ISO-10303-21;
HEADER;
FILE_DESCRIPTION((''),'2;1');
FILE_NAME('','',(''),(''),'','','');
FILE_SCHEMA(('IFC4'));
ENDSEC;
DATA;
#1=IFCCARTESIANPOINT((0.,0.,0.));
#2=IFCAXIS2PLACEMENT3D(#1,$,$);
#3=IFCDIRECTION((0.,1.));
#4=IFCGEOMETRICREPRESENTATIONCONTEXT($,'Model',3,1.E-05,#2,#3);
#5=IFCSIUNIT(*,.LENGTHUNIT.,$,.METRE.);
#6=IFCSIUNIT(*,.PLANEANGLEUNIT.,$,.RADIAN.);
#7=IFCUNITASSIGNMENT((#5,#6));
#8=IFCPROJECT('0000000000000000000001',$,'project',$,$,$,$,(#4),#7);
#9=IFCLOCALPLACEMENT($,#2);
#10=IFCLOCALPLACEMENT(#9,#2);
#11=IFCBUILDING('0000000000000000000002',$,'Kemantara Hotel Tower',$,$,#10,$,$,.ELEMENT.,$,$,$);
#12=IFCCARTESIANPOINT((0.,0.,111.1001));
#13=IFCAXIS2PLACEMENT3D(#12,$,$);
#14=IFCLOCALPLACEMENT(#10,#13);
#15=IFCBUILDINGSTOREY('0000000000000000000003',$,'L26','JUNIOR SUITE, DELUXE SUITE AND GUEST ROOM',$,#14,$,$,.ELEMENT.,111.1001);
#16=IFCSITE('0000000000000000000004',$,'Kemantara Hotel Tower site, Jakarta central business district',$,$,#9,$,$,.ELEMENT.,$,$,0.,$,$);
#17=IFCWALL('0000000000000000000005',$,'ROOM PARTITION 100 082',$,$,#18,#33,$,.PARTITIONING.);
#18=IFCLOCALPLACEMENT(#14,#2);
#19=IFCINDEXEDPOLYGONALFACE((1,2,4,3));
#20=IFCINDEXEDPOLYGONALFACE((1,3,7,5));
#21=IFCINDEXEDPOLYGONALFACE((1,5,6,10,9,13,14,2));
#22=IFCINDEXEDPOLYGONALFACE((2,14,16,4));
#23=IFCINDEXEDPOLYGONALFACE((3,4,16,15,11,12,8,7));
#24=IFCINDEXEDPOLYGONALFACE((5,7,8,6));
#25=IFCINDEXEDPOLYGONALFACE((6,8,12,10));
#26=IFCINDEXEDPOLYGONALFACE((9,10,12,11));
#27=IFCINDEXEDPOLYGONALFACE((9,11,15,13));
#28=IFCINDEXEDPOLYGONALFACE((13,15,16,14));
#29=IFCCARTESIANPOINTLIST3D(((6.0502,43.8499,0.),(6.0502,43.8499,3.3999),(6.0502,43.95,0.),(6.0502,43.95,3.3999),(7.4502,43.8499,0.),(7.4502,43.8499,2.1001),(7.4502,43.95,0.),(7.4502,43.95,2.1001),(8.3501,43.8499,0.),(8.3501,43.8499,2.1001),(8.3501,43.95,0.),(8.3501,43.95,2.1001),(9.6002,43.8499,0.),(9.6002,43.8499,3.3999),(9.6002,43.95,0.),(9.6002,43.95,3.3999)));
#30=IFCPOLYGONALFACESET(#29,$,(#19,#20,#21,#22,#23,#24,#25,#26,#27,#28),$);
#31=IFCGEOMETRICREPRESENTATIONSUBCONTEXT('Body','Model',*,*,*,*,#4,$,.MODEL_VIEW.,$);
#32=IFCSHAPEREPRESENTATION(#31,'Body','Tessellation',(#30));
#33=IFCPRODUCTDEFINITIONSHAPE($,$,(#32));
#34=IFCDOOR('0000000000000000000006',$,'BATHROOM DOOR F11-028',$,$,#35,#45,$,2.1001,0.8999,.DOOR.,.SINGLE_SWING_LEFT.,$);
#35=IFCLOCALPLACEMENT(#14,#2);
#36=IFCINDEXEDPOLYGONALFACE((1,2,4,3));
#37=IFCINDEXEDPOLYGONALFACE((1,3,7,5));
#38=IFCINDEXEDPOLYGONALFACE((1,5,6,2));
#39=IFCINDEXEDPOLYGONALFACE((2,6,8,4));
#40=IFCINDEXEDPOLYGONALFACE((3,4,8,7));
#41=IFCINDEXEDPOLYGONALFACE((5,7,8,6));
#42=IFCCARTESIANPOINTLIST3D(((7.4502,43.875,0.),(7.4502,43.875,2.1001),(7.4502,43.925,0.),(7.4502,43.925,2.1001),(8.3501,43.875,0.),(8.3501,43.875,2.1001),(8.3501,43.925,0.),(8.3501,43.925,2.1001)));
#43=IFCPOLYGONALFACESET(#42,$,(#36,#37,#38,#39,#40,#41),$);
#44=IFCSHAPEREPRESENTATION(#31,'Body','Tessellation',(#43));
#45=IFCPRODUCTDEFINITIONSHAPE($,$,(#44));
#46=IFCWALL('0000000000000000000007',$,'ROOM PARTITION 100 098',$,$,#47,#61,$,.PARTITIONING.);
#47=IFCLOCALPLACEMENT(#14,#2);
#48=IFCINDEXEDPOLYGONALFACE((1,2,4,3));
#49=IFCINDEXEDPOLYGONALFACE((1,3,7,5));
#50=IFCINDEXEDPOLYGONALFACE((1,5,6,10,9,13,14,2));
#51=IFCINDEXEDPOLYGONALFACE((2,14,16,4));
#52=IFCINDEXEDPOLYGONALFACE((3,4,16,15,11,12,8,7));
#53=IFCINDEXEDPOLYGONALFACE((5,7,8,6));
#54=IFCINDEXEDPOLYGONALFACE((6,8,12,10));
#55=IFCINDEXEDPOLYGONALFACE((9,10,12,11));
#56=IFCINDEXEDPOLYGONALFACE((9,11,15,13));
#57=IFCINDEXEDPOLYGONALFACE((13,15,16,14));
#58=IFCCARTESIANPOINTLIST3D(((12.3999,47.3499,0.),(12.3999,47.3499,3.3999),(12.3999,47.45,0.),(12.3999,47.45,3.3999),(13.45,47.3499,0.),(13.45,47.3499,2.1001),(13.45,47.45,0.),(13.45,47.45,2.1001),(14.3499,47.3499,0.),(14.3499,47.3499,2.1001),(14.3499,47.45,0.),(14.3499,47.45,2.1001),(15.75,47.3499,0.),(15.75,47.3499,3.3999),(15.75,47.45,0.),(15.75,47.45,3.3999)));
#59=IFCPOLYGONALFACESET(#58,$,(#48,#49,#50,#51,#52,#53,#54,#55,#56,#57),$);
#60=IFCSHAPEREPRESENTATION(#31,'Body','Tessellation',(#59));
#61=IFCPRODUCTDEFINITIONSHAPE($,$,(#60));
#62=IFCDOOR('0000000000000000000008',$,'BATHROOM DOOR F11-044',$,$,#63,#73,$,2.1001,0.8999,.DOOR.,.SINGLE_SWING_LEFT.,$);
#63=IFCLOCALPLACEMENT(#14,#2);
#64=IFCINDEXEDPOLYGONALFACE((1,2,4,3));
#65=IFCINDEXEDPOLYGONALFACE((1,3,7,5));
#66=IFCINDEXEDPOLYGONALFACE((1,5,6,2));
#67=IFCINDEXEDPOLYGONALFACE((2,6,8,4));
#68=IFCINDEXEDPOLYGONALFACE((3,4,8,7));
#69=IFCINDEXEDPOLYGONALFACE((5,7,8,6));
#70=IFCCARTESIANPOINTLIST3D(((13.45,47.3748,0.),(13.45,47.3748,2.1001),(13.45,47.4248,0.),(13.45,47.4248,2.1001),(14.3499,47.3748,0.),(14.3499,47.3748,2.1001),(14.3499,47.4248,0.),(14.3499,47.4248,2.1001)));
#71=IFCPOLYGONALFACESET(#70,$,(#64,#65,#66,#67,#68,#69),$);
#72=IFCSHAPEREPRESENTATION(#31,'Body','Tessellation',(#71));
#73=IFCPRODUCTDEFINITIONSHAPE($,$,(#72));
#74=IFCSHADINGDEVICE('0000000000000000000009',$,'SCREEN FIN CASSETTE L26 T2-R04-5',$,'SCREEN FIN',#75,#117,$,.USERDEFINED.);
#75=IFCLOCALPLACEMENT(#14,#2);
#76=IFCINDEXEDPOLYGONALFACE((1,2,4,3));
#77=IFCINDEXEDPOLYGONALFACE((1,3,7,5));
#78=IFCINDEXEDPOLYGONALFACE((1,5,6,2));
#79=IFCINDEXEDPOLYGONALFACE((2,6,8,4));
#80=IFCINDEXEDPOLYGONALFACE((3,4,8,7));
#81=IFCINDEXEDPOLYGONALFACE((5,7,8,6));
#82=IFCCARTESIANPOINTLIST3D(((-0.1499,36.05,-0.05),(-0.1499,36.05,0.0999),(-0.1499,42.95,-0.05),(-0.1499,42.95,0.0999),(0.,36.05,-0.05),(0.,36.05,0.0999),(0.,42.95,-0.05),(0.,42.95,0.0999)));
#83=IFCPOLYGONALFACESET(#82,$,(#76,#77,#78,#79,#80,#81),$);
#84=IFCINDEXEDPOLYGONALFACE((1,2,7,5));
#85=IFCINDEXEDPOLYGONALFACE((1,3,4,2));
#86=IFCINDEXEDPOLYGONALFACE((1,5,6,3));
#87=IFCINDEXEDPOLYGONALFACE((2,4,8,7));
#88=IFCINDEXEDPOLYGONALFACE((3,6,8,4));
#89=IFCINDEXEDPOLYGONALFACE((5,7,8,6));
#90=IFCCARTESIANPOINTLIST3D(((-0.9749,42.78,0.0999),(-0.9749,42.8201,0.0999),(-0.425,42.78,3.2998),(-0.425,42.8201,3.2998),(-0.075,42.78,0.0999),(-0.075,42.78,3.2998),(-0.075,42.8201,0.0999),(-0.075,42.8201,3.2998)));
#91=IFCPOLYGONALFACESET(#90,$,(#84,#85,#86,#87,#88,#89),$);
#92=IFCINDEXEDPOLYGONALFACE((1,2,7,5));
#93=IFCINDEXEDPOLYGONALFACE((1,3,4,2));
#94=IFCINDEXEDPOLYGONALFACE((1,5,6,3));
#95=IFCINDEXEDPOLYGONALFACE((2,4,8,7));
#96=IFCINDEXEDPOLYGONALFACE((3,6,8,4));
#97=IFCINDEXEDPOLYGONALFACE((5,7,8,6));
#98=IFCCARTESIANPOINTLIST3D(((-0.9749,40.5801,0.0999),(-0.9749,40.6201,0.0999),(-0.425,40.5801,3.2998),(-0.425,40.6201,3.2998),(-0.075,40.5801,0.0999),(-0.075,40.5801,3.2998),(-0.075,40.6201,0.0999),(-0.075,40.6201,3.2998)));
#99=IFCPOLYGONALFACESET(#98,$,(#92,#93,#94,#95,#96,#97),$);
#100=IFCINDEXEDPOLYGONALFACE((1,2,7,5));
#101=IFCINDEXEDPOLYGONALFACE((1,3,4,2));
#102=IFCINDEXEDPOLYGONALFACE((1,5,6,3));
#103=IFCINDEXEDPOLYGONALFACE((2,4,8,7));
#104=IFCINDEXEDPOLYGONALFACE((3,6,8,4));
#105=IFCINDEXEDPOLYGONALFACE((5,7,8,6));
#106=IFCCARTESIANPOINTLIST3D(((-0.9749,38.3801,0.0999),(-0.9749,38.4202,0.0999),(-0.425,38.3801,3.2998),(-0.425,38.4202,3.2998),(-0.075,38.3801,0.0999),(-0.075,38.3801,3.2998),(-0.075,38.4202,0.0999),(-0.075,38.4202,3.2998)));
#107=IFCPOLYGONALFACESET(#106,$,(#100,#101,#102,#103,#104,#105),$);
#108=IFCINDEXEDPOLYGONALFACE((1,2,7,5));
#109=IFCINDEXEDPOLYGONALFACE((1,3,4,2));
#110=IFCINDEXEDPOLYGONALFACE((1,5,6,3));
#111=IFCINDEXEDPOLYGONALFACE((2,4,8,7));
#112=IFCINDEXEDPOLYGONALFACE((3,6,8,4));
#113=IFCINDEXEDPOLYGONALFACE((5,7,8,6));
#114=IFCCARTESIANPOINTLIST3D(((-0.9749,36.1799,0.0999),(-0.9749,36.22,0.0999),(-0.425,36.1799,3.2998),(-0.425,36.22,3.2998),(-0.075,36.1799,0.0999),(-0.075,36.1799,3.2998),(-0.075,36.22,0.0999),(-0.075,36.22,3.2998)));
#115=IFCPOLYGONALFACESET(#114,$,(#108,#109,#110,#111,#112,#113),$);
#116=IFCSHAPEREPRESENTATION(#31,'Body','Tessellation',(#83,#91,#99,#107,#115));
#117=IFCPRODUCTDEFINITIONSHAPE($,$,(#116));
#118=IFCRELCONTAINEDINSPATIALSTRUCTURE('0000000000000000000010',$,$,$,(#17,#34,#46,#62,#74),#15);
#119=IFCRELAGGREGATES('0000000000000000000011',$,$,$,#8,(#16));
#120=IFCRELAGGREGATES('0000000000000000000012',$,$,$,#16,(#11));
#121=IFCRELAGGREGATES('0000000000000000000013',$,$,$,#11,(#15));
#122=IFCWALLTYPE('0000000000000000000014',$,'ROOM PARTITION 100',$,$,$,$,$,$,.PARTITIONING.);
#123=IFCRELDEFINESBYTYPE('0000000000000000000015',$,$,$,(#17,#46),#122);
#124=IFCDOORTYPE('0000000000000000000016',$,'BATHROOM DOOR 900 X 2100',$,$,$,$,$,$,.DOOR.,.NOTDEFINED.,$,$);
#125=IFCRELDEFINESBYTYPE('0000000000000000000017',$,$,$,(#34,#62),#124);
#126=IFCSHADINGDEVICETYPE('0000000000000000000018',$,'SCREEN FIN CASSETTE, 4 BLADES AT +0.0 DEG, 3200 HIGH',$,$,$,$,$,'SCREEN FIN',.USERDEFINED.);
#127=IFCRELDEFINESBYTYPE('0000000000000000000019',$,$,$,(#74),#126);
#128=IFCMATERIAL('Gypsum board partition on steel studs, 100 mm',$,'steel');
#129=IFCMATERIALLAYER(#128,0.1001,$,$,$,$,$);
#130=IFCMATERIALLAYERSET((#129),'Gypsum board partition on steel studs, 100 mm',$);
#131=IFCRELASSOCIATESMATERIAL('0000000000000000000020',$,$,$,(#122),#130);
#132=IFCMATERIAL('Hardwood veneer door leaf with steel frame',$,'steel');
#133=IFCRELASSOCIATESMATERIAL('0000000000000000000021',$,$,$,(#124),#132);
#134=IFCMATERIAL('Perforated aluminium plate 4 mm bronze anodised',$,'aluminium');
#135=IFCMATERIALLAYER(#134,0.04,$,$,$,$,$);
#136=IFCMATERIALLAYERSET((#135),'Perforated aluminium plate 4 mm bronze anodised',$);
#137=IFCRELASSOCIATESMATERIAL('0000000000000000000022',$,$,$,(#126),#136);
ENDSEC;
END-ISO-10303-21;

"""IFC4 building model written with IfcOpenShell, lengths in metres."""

from ifc_helpers import new_model, si_unit, direction, frame, frame_2d, origin, origin_2d, place, context, subcontext, project, spatial, polyline, rectangle, outline, extrude, source, transform, mapped, material, layer, layer_set, type_object, element, fill, save


model = new_model("IFC4")

# Units and contexts
model_context = context("Model", 3, precision=1e-05, world=origin(), true_north=direction((0.0, 1.0)))
body_context = subcontext(model_context, "Body", "Model", "MODEL_VIEW")
ifc_project = project(units=[si_unit("LENGTHUNIT", "METRE"), si_unit("PLANEANGLEUNIT", "RADIAN")], contexts=[model_context])

# Site, building, storey
site_placement = place(None, origin())
site = spatial("IfcSite", under=ifc_project, at=site_placement, Name="Kemantara Hotel Tower site, Jakarta central business district", CompositionType="ELEMENT", RefElevation=0.0)
building_placement = place(site_placement, origin())
building = spatial("IfcBuilding", under=site, at=building_placement, Name="Kemantara Hotel Tower", CompositionType="ELEMENT")
storey_placement = place(building_placement, frame((0.0, 0.0, 111.1001)))
storey = spatial("IfcBuildingStorey", under=building, at=storey_placement, Name="L26", Description="JUNIOR SUITE, DELUXE SUITE AND GUEST ROOM", CompositionType="ELEMENT", Elevation=111.1001)

# Shared definitions
ifc_material_1 = material(Name="Hardwood veneer door leaf with steel frame", Category="steel")

# Shared definitions
ifc_material_2 = material(Name="Gypsum board partition on steel studs, 100 mm", Category="steel")
ifc_layer_1 = layer(ifc_material_2, 0.1001)
ifc_layer_set_1 = layer_set([ifc_layer_1], Name="Gypsum board partition on steel studs, 100 mm")
wall_type_1 = type_object("IfcWallType", Name="ROOM PARTITION 100", PredefinedType="PARTITIONING", material=ifc_layer_set_1)

# Walls, openings, doors
wall_1_placement = place(storey_placement, frame((9.6001, 43.8999, 0.0), z_axis=(0.0, 0.0, 1.0), x_axis=(-1.0, 0.0, 0.0)))
wall_1 = element("IfcWall", 1, at=wall_1_placement, inside=storey, type_object=wall_type_1, Name="ROOM PARTITION 100 082", PredefinedType="PARTITIONING", context=body_context, shape_type="SweptSolid", body=[
    extrude(rectangle(XDim=3.55, YDim=0.1001, at=frame_2d((1.7749, 0.0))), origin(), (0.0, 0.0, 1.0), 3.3999),
])
opening_1_placement = place(wall_1_placement, frame((1.25, 0.0, 0.0)))
opening_1 = element("IfcOpeningElement", 2, at=opening_1_placement, cuts=wall_1, PredefinedType="OPENING", context=body_context, shape_type="SweptSolid", body=[
    extrude(rectangle(XDim=0.8999, YDim=2.1001, at=frame_2d((0.45, 1.05))), frame((0.0, 0.0601, 0.0), z_axis=(0.0, -1.0, 0.0), x_axis=(1.0, 0.0, 0.0)), (0.0, 0.0, 1.0), 0.1201),
])
door_type_1 = type_object("IfcDoorType", Name="BATHROOM DOOR 900 X 2100", OperationType="NOTDEFINED", PredefinedType="DOOR", material=ifc_material_1)
door_1_placement = place(opening_1_placement, origin())
door_1 = element("IfcDoor", 3, at=door_1_placement, inside=storey, type_object=door_type_1, Name="BATHROOM DOOR F11-028", OperationType="SINGLE_SWING_LEFT", OverallHeight=2.1001, OverallWidth=0.8999, PredefinedType="DOOR", context=body_context, shape_type="SweptSolid", body=[
    extrude(rectangle(XDim=0.8999, YDim=2.1001, at=frame_2d((0.45, 1.05))), frame((0.0, 0.0249, 0.0), z_axis=(0.0, -1.0, 0.0), x_axis=(1.0, 0.0, 0.0)), (0.0, 0.0, 1.0), 0.05),
])
fill(opening_1, door_1)
wall_2_placement = place(storey_placement, frame((12.3999, 47.3999, 0.0), z_axis=(0.0, 0.0, 1.0), x_axis=(1.0, 0.0, 0.0)))
wall_2 = element("IfcWall", 4, at=wall_2_placement, inside=storey, type_object=wall_type_1, Name="ROOM PARTITION 100 098", PredefinedType="PARTITIONING", context=body_context, shape_type="SweptSolid", body=[
    extrude(rectangle(XDim=3.3501, YDim=0.1001, at=frame_2d((1.675, 0.0))), origin(), (0.0, 0.0, 1.0), 3.3999),
])
opening_2_placement = place(wall_2_placement, frame((1.05, 0.0, 0.0)))
opening_2 = element("IfcOpeningElement", 5, at=opening_2_placement, cuts=wall_2, PredefinedType="OPENING", context=body_context, shape_type="SweptSolid", body=[
    extrude(rectangle(XDim=0.8999, YDim=2.1001, at=frame_2d((0.45, 1.05))), frame((0.0, 0.0601, 0.0), z_axis=(0.0, -1.0, 0.0), x_axis=(1.0, 0.0, 0.0)), (0.0, 0.0, 1.0), 0.1201),
])
door_2_placement = place(opening_2_placement, origin())
door_2 = element("IfcDoor", 6, at=door_2_placement, inside=storey, type_object=door_type_1, Name="BATHROOM DOOR F11-044", OperationType="SINGLE_SWING_LEFT", OverallHeight=2.1001, OverallWidth=0.8999, PredefinedType="DOOR", context=body_context, shape_type="SweptSolid", body=[
    extrude(rectangle(XDim=0.8999, YDim=2.1001, at=frame_2d((0.45, 1.05))), frame((0.0, 0.0249, 0.0), z_axis=(0.0, -1.0, 0.0), x_axis=(1.0, 0.0, 0.0)), (0.0, 0.0, 1.0), 0.05),
])
fill(opening_2, door_2)

# Shading device
ifc_material_3 = material(Name="Perforated aluminium plate 4 mm bronze anodised", Category="aluminium")
ifc_layer_2 = layer(ifc_material_3, 0.04)
ifc_layer_set_2 = layer_set([ifc_layer_2], Name="Perforated aluminium plate 4 mm bronze anodised")
shading_device_type = type_object("IfcShadingDeviceType", Name="SCREEN FIN CASSETTE, 4 BLADES AT +0.0 DEG, 3200 HIGH", ElementType="SCREEN FIN", PredefinedType="USERDEFINED", material=ifc_layer_set_2)
shared_shape = source(origin(), body_context, "Body", "SweptSolid", [
    extrude(rectangle(XDim=6.8999, YDim=0.1499, at=origin_2d()), frame((3.3, -0.075, -0.1499), z_axis=(0.0, 0.0, 1.0), x_axis=(1.0, 0.0, 0.0)), (0.0, 0.0, 1.0), 0.1499),
    extrude(outline(polyline([(0.0, 0.0), (0.8999, 0.0), (0.3501, 3.2), (0.0, 3.2), (0.0, 0.0)])), frame((0.02, -0.075, 0.0), z_axis=(-1.0, 0.0, 0.0), x_axis=(0.0, -1.0, 0.0)), (0.0, 0.0, 1.0), 0.04),
    extrude(outline(polyline([(0.0, 0.0), (0.8999, 0.0), (0.3501, 3.2), (0.0, 3.2), (0.0, 0.0)])), frame((2.22, -0.075, 0.0), z_axis=(-1.0, 0.0, 0.0), x_axis=(0.0, -1.0, 0.0)), (0.0, 0.0, 1.0), 0.04),
    extrude(outline(polyline([(0.0, 0.0), (0.8999, 0.0), (0.3501, 3.2), (0.0, 3.2), (0.0, 0.0)])), frame((4.4199, -0.075, 0.0), z_axis=(-1.0, 0.0, 0.0), x_axis=(0.0, -1.0, 0.0)), (0.0, 0.0, 1.0), 0.04),
    extrude(outline(polyline([(0.0, 0.0), (0.8999, 0.0), (0.3501, 3.2), (0.0, 3.2), (0.0, 0.0)])), frame((6.6201, -0.075, 0.0), z_axis=(-1.0, 0.0, 0.0), x_axis=(0.0, -1.0, 0.0)), (0.0, 0.0, 1.0), 0.04),
])
shading_device_placement = place(storey_placement, frame((0.0, 42.8, 0.0999), z_axis=(0.0, 0.0, 1.0), x_axis=(0.0, -1.0, 0.0)))
element("IfcShadingDevice", 7, at=shading_device_placement, inside=storey, type_object=shading_device_type, Name="SCREEN FIN CASSETTE L26 T2-R04-5", ObjectType="SCREEN FIN", PredefinedType="USERDEFINED", context=body_context, shape_type="MappedRepresentation", body=[
    mapped(shared_shape, transform((0.0, 0.0, 0.0))),
])

save(model, "model.ifc")
